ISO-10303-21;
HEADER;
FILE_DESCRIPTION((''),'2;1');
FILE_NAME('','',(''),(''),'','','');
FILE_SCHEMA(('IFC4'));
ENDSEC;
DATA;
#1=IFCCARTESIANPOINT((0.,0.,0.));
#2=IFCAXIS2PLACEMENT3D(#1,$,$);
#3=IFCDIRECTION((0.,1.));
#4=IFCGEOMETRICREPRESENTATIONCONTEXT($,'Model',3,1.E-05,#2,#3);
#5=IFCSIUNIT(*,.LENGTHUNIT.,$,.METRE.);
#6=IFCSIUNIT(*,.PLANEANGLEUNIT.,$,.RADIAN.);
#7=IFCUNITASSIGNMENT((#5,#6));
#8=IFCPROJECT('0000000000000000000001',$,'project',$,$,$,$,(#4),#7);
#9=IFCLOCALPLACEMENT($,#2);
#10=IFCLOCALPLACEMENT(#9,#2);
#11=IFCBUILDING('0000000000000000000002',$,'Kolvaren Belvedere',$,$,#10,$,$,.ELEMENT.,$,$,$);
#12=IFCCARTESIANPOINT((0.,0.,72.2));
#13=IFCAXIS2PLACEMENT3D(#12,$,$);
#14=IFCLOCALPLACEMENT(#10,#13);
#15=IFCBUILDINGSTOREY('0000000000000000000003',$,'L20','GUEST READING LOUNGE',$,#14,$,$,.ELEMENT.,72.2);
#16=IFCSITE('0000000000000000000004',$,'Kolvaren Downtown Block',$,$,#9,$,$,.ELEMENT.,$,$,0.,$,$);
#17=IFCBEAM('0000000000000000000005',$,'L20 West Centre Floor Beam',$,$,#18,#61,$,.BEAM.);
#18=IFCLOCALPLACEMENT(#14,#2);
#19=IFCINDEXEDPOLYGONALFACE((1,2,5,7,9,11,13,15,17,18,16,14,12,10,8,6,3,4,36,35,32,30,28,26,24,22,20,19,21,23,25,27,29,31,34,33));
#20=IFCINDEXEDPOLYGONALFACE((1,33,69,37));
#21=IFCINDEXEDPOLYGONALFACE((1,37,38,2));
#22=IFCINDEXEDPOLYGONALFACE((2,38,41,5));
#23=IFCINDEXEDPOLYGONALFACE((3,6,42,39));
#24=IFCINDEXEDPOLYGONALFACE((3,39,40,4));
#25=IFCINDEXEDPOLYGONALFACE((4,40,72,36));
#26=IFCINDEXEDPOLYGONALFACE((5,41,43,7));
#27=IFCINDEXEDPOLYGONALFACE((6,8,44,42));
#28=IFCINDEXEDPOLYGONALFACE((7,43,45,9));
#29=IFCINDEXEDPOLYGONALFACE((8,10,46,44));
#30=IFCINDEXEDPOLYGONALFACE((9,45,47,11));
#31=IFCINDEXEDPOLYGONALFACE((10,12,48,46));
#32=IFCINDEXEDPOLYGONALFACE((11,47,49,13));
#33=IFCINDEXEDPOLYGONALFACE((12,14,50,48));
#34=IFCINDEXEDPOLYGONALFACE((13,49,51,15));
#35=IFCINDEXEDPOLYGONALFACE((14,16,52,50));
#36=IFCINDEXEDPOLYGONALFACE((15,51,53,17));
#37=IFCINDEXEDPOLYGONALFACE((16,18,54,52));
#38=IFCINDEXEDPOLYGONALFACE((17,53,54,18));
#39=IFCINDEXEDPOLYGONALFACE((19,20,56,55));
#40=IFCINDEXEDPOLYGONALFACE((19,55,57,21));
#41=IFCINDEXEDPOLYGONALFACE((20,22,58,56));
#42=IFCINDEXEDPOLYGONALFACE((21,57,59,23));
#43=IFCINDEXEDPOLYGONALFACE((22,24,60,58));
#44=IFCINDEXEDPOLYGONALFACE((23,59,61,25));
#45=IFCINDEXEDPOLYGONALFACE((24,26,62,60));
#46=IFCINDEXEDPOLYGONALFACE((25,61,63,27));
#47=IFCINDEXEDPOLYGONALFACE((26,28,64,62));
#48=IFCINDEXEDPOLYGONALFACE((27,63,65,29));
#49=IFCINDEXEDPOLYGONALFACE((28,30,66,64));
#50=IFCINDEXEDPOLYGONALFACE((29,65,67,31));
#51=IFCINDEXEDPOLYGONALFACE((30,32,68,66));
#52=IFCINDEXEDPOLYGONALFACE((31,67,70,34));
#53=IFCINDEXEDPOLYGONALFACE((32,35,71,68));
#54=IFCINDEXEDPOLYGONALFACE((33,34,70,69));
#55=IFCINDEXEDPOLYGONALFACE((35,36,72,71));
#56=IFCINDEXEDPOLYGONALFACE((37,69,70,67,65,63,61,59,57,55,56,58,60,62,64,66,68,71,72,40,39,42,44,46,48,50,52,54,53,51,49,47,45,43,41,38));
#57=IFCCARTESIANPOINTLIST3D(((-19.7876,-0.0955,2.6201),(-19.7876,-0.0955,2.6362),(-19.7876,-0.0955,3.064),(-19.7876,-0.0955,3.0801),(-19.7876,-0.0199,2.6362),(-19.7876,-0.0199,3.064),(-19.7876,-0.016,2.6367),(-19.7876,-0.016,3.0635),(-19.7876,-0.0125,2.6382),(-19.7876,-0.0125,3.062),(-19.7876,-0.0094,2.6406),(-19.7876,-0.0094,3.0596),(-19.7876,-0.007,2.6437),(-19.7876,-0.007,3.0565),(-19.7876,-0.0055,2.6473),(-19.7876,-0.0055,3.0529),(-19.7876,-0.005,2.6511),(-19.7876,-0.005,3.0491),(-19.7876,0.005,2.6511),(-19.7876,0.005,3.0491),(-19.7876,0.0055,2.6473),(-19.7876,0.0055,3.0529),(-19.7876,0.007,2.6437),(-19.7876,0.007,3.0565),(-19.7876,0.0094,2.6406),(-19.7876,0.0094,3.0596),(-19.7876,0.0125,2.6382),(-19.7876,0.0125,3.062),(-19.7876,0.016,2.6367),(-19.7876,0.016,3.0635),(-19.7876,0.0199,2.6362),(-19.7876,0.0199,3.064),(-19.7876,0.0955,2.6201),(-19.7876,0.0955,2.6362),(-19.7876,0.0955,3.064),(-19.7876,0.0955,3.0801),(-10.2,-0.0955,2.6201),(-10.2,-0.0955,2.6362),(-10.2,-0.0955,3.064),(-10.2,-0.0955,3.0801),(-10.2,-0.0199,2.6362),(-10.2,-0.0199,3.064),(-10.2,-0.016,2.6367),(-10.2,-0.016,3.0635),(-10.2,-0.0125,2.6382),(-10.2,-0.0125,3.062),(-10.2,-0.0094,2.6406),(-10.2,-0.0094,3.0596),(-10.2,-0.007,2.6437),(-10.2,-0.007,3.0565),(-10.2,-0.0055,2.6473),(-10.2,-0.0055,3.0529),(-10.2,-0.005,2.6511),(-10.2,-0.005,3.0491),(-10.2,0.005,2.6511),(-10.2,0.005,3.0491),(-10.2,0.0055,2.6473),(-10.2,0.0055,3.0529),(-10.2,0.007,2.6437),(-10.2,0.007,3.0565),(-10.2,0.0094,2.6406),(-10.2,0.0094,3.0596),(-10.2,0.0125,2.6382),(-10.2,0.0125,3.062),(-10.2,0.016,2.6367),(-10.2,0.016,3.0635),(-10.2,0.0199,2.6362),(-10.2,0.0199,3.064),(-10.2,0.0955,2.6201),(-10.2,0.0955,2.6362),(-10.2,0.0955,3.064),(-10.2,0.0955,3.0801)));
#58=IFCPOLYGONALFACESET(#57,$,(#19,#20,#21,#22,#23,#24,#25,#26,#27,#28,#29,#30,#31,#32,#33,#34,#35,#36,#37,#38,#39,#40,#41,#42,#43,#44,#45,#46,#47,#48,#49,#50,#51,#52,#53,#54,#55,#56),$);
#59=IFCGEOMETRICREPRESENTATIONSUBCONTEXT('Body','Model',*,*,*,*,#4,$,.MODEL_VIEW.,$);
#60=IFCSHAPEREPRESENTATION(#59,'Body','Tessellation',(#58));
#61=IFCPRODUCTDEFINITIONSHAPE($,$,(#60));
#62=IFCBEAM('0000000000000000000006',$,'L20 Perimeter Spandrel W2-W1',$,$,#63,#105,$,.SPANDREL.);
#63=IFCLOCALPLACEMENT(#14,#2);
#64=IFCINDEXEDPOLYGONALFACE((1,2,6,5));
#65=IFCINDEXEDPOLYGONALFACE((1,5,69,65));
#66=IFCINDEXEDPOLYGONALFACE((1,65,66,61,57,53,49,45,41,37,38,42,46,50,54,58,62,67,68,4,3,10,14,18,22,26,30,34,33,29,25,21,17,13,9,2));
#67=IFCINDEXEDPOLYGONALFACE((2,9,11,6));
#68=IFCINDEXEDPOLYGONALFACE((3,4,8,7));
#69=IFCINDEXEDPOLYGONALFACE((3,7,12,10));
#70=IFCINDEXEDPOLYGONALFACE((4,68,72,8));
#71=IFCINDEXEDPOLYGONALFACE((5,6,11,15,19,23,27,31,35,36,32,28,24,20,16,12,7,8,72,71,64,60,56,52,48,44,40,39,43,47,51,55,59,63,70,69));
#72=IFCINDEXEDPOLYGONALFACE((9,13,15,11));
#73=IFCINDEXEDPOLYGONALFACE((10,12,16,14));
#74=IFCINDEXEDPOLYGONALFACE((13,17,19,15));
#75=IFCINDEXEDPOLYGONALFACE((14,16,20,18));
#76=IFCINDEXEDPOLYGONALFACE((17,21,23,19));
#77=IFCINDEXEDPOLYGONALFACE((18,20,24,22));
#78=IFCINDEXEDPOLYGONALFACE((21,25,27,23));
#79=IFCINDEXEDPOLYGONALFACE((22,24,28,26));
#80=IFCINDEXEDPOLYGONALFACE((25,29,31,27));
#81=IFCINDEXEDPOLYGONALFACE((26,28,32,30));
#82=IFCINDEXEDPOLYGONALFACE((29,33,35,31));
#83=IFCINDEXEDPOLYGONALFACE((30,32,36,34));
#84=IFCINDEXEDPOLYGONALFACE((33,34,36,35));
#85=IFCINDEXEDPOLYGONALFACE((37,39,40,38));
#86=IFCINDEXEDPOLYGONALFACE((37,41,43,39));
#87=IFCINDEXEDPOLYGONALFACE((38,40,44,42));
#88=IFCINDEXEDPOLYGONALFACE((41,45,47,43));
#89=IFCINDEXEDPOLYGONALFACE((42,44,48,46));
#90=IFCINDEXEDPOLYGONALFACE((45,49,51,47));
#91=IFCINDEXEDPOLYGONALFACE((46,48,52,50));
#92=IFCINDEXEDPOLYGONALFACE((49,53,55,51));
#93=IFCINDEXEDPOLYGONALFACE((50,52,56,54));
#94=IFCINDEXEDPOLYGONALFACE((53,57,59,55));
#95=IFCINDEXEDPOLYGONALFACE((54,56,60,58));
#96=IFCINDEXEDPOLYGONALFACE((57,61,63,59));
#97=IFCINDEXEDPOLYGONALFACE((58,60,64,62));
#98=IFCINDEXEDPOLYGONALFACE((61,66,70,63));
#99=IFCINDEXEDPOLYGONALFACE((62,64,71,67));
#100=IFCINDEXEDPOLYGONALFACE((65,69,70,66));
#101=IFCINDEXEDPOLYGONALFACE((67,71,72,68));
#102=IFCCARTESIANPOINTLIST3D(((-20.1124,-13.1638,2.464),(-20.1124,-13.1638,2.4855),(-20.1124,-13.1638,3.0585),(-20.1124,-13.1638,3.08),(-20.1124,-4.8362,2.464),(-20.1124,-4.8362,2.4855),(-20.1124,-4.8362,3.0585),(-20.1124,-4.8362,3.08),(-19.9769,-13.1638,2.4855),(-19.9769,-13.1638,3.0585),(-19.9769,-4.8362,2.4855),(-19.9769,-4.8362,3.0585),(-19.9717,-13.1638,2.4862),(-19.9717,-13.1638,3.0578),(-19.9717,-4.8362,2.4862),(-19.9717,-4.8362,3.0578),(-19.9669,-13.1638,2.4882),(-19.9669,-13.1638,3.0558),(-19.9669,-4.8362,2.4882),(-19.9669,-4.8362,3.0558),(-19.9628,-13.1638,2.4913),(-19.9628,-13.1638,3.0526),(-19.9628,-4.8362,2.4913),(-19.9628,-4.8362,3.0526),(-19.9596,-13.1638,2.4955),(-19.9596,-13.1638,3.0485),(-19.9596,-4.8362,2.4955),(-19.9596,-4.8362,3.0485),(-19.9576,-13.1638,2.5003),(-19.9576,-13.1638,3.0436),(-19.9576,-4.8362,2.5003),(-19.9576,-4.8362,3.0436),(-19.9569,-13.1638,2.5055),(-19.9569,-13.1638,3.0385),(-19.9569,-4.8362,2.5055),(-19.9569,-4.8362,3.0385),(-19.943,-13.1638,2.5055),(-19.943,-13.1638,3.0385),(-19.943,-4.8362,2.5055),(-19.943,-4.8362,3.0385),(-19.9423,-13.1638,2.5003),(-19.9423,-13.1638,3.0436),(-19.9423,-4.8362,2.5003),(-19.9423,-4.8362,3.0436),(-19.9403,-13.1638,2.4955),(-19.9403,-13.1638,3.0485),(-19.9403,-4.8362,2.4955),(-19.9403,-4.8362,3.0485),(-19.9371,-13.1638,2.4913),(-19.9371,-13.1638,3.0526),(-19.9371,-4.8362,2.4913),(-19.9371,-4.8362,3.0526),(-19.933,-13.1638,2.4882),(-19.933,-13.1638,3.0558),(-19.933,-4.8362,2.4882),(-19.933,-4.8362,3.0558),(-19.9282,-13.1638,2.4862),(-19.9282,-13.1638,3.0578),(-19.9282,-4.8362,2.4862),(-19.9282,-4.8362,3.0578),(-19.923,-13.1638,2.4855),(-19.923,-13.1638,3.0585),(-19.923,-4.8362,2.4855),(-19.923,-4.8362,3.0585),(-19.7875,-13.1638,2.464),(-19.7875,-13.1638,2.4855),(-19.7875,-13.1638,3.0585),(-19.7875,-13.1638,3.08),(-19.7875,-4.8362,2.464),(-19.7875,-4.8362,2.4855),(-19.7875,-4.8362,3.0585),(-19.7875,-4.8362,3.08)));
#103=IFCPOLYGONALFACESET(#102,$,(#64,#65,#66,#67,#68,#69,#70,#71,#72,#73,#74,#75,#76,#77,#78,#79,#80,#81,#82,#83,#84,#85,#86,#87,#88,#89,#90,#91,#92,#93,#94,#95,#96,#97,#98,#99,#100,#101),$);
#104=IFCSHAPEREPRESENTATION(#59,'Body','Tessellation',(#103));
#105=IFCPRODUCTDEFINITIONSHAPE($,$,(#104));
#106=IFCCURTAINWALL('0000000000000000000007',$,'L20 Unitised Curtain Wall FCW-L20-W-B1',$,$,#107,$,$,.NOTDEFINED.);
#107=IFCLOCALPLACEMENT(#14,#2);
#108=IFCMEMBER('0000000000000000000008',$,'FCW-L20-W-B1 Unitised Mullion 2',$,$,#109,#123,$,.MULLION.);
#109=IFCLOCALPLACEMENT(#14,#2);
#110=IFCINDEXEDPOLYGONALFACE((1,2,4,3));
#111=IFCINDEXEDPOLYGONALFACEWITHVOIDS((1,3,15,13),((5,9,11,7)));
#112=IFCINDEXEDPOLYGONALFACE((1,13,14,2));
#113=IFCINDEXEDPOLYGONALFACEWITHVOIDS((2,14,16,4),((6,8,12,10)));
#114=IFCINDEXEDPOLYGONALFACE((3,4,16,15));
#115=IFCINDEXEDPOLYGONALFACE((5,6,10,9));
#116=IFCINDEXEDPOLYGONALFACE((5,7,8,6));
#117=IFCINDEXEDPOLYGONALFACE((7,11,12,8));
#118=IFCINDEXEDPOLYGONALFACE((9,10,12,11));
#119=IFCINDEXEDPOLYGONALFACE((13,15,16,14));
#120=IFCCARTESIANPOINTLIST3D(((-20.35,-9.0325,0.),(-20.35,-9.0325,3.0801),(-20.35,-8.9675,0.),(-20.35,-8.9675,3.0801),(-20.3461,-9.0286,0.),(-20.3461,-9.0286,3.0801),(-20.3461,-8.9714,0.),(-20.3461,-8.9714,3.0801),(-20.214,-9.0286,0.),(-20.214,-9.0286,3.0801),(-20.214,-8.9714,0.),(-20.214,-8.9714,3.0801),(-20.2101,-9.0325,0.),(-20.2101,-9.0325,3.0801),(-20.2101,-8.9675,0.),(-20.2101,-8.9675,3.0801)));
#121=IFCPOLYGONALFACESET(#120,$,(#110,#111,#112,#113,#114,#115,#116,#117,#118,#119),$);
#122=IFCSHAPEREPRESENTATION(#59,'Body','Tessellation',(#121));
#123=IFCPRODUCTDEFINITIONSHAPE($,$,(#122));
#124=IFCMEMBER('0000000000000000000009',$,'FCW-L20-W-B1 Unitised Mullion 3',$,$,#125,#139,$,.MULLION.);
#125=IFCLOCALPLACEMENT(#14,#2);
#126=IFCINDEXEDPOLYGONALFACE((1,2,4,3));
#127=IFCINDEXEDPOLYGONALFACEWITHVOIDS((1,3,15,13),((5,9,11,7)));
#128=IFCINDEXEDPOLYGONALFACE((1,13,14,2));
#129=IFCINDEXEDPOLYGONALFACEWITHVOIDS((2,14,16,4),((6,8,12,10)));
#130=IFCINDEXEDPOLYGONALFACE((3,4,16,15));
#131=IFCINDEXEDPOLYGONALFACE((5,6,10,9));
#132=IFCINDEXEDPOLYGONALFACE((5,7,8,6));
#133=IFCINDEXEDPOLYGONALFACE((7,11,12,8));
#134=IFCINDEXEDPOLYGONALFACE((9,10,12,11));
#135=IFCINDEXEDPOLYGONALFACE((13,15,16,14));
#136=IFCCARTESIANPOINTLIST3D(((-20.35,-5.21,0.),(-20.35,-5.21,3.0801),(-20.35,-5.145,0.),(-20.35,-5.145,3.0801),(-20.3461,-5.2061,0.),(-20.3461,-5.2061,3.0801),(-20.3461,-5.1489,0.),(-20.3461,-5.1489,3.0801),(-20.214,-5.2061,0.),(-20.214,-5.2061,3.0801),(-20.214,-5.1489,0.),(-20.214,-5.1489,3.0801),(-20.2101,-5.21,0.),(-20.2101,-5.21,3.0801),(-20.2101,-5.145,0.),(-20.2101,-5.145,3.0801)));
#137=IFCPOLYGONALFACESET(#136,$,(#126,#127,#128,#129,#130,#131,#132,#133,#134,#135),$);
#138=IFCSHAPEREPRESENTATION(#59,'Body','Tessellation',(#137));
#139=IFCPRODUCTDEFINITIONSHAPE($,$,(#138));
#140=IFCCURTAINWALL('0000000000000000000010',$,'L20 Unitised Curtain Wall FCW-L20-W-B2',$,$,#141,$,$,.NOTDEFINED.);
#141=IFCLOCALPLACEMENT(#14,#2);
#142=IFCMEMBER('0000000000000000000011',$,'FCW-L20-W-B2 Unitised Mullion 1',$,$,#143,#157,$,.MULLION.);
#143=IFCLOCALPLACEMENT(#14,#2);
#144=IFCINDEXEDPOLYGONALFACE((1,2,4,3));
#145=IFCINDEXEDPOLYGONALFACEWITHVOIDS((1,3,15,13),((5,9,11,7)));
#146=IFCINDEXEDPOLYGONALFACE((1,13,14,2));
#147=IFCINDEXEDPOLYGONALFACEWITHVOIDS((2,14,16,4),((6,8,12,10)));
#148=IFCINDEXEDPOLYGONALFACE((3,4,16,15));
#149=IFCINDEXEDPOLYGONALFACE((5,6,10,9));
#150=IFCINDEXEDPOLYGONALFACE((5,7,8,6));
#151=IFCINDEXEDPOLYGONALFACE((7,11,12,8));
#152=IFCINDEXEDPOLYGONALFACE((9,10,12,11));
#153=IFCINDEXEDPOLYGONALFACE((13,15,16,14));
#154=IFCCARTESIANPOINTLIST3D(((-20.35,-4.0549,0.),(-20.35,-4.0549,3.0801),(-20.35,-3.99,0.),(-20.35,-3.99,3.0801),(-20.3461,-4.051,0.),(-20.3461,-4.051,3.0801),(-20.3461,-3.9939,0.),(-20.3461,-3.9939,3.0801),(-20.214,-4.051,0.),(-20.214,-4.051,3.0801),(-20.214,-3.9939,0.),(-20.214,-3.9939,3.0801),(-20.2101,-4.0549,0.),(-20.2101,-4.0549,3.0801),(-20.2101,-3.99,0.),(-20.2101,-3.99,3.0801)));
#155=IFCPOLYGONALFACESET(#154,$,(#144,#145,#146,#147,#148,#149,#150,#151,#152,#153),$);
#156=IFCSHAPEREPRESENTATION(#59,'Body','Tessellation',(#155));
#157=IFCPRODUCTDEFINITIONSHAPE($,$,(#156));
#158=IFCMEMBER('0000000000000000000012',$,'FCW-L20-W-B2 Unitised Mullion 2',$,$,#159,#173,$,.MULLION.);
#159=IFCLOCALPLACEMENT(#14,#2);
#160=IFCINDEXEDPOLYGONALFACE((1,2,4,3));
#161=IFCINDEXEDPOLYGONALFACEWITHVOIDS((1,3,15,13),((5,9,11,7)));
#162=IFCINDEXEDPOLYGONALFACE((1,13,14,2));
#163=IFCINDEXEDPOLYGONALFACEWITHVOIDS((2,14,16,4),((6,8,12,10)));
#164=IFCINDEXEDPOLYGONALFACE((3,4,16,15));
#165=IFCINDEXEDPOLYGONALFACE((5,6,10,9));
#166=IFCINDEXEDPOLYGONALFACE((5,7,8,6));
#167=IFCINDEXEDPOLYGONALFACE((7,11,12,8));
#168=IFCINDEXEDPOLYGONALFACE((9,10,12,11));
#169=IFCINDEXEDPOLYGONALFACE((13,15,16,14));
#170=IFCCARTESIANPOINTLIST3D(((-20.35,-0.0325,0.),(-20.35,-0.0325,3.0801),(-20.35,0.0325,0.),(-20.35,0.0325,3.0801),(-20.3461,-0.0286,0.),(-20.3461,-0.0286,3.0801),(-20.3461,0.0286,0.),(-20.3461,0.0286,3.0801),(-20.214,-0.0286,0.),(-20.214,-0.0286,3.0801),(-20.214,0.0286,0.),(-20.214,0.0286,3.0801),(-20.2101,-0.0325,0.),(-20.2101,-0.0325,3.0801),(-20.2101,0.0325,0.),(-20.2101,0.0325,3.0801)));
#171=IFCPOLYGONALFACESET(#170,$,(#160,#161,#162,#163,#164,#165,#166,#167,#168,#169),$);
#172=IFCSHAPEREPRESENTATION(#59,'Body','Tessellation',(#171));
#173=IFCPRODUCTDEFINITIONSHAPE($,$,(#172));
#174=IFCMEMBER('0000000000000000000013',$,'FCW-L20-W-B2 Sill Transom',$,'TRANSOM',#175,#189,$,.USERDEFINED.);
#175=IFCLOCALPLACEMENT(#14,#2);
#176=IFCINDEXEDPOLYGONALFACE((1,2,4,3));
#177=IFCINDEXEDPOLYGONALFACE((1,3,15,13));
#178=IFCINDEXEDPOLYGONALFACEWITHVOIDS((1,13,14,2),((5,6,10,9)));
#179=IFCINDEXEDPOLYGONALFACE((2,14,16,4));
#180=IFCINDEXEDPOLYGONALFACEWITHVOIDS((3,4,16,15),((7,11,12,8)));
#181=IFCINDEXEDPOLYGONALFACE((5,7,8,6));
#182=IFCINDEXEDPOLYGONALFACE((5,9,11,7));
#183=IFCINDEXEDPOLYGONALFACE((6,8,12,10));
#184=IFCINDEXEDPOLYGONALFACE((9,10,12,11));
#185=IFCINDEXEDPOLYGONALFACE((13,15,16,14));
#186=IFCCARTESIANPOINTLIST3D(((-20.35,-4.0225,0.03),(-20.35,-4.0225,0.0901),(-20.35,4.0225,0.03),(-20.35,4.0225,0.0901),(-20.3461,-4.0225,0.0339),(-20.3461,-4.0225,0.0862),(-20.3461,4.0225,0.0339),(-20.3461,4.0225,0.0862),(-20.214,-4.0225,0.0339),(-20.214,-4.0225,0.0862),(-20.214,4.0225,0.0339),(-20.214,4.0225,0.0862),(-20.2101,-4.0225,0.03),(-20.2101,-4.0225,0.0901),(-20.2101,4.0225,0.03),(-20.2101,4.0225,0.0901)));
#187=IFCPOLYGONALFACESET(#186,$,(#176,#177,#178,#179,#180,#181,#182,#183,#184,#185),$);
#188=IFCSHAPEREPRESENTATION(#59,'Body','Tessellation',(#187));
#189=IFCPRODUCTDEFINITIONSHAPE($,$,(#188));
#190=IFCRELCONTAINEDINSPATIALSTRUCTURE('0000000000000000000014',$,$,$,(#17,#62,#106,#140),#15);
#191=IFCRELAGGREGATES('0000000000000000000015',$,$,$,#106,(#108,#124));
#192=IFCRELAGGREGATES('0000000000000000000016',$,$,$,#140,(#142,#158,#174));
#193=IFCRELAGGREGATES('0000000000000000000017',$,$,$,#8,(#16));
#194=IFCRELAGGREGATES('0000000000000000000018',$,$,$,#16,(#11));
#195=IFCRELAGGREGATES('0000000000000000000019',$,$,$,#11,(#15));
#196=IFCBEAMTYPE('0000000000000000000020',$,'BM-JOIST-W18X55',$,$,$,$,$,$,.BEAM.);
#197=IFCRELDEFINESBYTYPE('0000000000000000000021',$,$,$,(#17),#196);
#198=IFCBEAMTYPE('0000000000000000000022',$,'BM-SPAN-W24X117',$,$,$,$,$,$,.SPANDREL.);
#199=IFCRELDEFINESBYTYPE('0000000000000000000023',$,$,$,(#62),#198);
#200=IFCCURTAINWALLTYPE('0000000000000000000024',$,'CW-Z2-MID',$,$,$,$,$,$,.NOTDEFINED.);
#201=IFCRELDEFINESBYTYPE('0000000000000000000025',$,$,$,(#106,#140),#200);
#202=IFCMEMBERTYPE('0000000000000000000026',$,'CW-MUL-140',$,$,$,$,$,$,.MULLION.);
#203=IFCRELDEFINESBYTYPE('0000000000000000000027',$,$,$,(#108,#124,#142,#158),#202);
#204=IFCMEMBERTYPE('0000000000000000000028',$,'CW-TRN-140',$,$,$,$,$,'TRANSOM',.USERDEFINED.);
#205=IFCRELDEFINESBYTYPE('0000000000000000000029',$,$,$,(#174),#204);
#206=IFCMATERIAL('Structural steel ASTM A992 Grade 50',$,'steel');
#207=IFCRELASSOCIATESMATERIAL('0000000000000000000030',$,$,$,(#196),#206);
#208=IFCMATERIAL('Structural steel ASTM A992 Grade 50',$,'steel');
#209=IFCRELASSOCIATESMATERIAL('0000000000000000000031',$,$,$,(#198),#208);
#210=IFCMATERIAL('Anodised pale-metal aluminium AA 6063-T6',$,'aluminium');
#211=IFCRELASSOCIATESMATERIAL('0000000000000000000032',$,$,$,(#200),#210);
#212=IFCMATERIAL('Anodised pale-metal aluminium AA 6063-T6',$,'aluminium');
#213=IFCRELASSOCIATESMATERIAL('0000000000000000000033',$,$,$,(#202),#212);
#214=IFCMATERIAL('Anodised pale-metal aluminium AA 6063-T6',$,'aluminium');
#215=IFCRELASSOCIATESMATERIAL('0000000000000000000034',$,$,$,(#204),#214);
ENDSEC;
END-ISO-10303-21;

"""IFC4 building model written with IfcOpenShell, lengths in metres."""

from ifc_helpers import new_model, si_unit, direction, frame, origin, origin_2d, place, context, subcontext, project, spatial, hollow_rectangle, i_section, extrude, material, material_profile, profile_set, type_object, element, aggregate, save


model = new_model("IFC4")

# Units and contexts
model_context = context("Model", 3, precision=1e-05, world=origin(), true_north=direction((0.0, 1.0)))
body_context = subcontext(model_context, "Body", "Model", "MODEL_VIEW")
ifc_project = project(units=[si_unit("LENGTHUNIT", "METRE"), si_unit("PLANEANGLEUNIT", "RADIAN")], contexts=[model_context])

# Site, building, storey
site_placement = place(None, origin())
site = spatial("IfcSite", under=ifc_project, at=site_placement, Name="Kolvaren Downtown Block", CompositionType="ELEMENT", RefElevation=0.0)
building_placement = place(site_placement, origin())
building = spatial("IfcBuilding", under=site, at=building_placement, Name="Kolvaren Belvedere", CompositionType="ELEMENT")
storey_placement = place(building_placement, frame((0.0, 0.0, 72.2)))
storey = spatial("IfcBuildingStorey", under=building, at=storey_placement, Name="L20", Description="GUEST READING LOUNGE", CompositionType="ELEMENT", Elevation=72.2)

# Beams
ifc_material_1 = material(Name="Structural steel ASTM A992 Grade 50", Category="steel")
ifc_material_profile_1 = material_profile(ifc_material_1, i_section(OverallWidth=0.1909, OverallDepth=0.46, WebThickness=0.01, FlangeThickness=0.0161, FilletRadius=0.0149, at=origin_2d()), Name="W18X55")
ifc_profile_set_1 = profile_set([ifc_material_profile_1], Name="Structural steel ASTM A992 Grade 50")
beam_type_1 = type_object("IfcBeamType", Name="BM-JOIST-W18X55", PredefinedType="BEAM", material=ifc_profile_set_1)
beam_1_placement = place(storey_placement, frame((-10.2, 0.0, 2.8501), z_axis=(-1.0, 0.0, 0.0), x_axis=(0.0, -1.0, 0.0)))
element("IfcBeam", 1, at=beam_1_placement, inside=storey, type_object=beam_type_1, Name="L20 West Centre Floor Beam", PredefinedType="BEAM", context=body_context, shape_type="SweptSolid", body=[
    extrude(i_section(OverallWidth=0.1909, OverallDepth=0.46, WebThickness=0.01, FlangeThickness=0.0161, FilletRadius=0.0149, at=origin_2d()), origin(), (0.0, 0.0, 1.0), 9.5876),
])
ifc_material_2 = material(Name="Structural steel ASTM A992 Grade 50", Category="steel")
ifc_material_profile_2 = material_profile(ifc_material_2, i_section(OverallWidth=0.325, OverallDepth=0.616, WebThickness=0.0139, FlangeThickness=0.0215, FilletRadius=0.02, at=origin_2d()), Name="W24X117")
ifc_profile_set_2 = profile_set([ifc_material_profile_2], Name="Structural steel ASTM A992 Grade 50")
beam_type_2 = type_object("IfcBeamType", Name="BM-SPAN-W24X117", PredefinedType="SPANDREL", material=ifc_profile_set_2)
beam_2_placement = place(storey_placement, frame((-19.95, -4.8362, 2.772), z_axis=(0.0, -1.0, 0.0), x_axis=(1.0, 0.0, 0.0)))
element("IfcBeam", 2, at=beam_2_placement, inside=storey, type_object=beam_type_2, Name="L20 Perimeter Spandrel W2-W1", PredefinedType="SPANDREL", context=body_context, shape_type="SweptSolid", body=[
    extrude(i_section(OverallWidth=0.325, OverallDepth=0.616, WebThickness=0.0139, FlangeThickness=0.0215, FilletRadius=0.02, at=origin_2d()), origin(), (0.0, 0.0, 1.0), 8.3276),
])

# Curtain walls, members
ifc_material_3 = material(Name="Anodised pale-metal aluminium AA 6063-T6", Category="aluminium")
curtain_wall_type = type_object("IfcCurtainWallType", Name="CW-Z2-MID", PredefinedType="NOTDEFINED", material=ifc_material_3)
curtain_wall_1_placement = place(storey_placement, origin())
curtain_wall_1 = element("IfcCurtainWall", 3, at=curtain_wall_1_placement, inside=storey, type_object=curtain_wall_type, Name="L20 Unitised Curtain Wall FCW-L20-W-B1", PredefinedType="NOTDEFINED")
ifc_material_4 = material(Name="Anodised pale-metal aluminium AA 6063-T6", Category="aluminium")
ifc_material_profile_3 = material_profile(ifc_material_4, hollow_rectangle(XDim=0.0649, YDim=0.1399, WallThickness=0.0039, at=origin_2d()), Name="ALU-MUL-140X65")
ifc_profile_set_3 = profile_set([ifc_material_profile_3], Name="Anodised pale-metal aluminium AA 6063-T6")
member_type_1 = type_object("IfcMemberType", Name="CW-MUL-140", PredefinedType="MULLION", material=ifc_profile_set_3)
member_1_placement = place(storey_placement, frame((-20.28, -9.0, 0.0), z_axis=(0.0, 0.0, 1.0), x_axis=(0.0, 1.0, 0.0)))
member_1 = element("IfcMember", 4, at=member_1_placement, type_object=member_type_1, Name="FCW-L20-W-B1 Unitised Mullion 2", PredefinedType="MULLION", context=body_context, shape_type="SweptSolid", body=[
    extrude(hollow_rectangle(XDim=0.0649, YDim=0.1399, WallThickness=0.0039, at=origin_2d()), origin(), (0.0, 0.0, 1.0), 3.0801),
])
member_2_placement = place(storey_placement, frame((-20.28, -5.1775, 0.0), z_axis=(0.0, 0.0, 1.0), x_axis=(0.0, 1.0, 0.0)))
member_2 = element("IfcMember", 5, at=member_2_placement, type_object=member_type_1, Name="FCW-L20-W-B1 Unitised Mullion 3", PredefinedType="MULLION", context=body_context, shape_type="SweptSolid", body=[
    extrude(hollow_rectangle(XDim=0.0649, YDim=0.1399, WallThickness=0.0039, at=origin_2d()), origin(), (0.0, 0.0, 1.0), 3.0801),
])
curtain_wall_2_placement = place(storey_placement, origin())
curtain_wall_2 = element("IfcCurtainWall", 6, at=curtain_wall_2_placement, inside=storey, type_object=curtain_wall_type, Name="L20 Unitised Curtain Wall FCW-L20-W-B2", PredefinedType="NOTDEFINED")
member_3_placement = place(storey_placement, frame((-20.28, -4.0225, 0.0), z_axis=(0.0, 0.0, 1.0), x_axis=(0.0, 1.0, 0.0)))
member_3 = element("IfcMember", 7, at=member_3_placement, type_object=member_type_1, Name="FCW-L20-W-B2 Unitised Mullion 1", PredefinedType="MULLION", context=body_context, shape_type="SweptSolid", body=[
    extrude(hollow_rectangle(XDim=0.0649, YDim=0.1399, WallThickness=0.0039, at=origin_2d()), origin(), (0.0, 0.0, 1.0), 3.0801),
])
member_4_placement = place(storey_placement, frame((-20.28, 0.0, 0.0), z_axis=(0.0, 0.0, 1.0), x_axis=(0.0, 1.0, 0.0)))
member_4 = element("IfcMember", 8, at=member_4_placement, type_object=member_type_1, Name="FCW-L20-W-B2 Unitised Mullion 2", PredefinedType="MULLION", context=body_context, shape_type="SweptSolid", body=[
    extrude(hollow_rectangle(XDim=0.0649, YDim=0.1399, WallThickness=0.0039, at=origin_2d()), origin(), (0.0, 0.0, 1.0), 3.0801),
])
ifc_material_5 = material(Name="Anodised pale-metal aluminium AA 6063-T6", Category="aluminium")
ifc_material_profile_4 = material_profile(ifc_material_5, hollow_rectangle(XDim=0.0601, YDim=0.1399, WallThickness=0.0039, at=origin_2d()), Name="ALU-TRN-140X60")
ifc_profile_set_4 = profile_set([ifc_material_profile_4], Name="Anodised pale-metal aluminium AA 6063-T6")
member_type_2 = type_object("IfcMemberType", Name="CW-TRN-140", ElementType="TRANSOM", PredefinedType="USERDEFINED", material=ifc_profile_set_4)
member_5_placement = place(storey_placement, frame((-20.28, -4.0225, 0.0601), z_axis=(0.0, 1.0, 0.0), x_axis=(0.0, 0.0, 1.0)))
member_5 = element("IfcMember", 9, at=member_5_placement, type_object=member_type_2, Name="FCW-L20-W-B2 Sill Transom", ObjectType="TRANSOM", PredefinedType="USERDEFINED", context=body_context, shape_type="SweptSolid", body=[
    extrude(hollow_rectangle(XDim=0.0601, YDim=0.1399, WallThickness=0.0039, at=origin_2d()), origin(), (0.0, 0.0, 1.0), 8.0449),
])

aggregate(curtain_wall_1, [member_1, member_2])
aggregate(curtain_wall_2, [member_3, member_4, member_5])

save(model, "model.ifc")
